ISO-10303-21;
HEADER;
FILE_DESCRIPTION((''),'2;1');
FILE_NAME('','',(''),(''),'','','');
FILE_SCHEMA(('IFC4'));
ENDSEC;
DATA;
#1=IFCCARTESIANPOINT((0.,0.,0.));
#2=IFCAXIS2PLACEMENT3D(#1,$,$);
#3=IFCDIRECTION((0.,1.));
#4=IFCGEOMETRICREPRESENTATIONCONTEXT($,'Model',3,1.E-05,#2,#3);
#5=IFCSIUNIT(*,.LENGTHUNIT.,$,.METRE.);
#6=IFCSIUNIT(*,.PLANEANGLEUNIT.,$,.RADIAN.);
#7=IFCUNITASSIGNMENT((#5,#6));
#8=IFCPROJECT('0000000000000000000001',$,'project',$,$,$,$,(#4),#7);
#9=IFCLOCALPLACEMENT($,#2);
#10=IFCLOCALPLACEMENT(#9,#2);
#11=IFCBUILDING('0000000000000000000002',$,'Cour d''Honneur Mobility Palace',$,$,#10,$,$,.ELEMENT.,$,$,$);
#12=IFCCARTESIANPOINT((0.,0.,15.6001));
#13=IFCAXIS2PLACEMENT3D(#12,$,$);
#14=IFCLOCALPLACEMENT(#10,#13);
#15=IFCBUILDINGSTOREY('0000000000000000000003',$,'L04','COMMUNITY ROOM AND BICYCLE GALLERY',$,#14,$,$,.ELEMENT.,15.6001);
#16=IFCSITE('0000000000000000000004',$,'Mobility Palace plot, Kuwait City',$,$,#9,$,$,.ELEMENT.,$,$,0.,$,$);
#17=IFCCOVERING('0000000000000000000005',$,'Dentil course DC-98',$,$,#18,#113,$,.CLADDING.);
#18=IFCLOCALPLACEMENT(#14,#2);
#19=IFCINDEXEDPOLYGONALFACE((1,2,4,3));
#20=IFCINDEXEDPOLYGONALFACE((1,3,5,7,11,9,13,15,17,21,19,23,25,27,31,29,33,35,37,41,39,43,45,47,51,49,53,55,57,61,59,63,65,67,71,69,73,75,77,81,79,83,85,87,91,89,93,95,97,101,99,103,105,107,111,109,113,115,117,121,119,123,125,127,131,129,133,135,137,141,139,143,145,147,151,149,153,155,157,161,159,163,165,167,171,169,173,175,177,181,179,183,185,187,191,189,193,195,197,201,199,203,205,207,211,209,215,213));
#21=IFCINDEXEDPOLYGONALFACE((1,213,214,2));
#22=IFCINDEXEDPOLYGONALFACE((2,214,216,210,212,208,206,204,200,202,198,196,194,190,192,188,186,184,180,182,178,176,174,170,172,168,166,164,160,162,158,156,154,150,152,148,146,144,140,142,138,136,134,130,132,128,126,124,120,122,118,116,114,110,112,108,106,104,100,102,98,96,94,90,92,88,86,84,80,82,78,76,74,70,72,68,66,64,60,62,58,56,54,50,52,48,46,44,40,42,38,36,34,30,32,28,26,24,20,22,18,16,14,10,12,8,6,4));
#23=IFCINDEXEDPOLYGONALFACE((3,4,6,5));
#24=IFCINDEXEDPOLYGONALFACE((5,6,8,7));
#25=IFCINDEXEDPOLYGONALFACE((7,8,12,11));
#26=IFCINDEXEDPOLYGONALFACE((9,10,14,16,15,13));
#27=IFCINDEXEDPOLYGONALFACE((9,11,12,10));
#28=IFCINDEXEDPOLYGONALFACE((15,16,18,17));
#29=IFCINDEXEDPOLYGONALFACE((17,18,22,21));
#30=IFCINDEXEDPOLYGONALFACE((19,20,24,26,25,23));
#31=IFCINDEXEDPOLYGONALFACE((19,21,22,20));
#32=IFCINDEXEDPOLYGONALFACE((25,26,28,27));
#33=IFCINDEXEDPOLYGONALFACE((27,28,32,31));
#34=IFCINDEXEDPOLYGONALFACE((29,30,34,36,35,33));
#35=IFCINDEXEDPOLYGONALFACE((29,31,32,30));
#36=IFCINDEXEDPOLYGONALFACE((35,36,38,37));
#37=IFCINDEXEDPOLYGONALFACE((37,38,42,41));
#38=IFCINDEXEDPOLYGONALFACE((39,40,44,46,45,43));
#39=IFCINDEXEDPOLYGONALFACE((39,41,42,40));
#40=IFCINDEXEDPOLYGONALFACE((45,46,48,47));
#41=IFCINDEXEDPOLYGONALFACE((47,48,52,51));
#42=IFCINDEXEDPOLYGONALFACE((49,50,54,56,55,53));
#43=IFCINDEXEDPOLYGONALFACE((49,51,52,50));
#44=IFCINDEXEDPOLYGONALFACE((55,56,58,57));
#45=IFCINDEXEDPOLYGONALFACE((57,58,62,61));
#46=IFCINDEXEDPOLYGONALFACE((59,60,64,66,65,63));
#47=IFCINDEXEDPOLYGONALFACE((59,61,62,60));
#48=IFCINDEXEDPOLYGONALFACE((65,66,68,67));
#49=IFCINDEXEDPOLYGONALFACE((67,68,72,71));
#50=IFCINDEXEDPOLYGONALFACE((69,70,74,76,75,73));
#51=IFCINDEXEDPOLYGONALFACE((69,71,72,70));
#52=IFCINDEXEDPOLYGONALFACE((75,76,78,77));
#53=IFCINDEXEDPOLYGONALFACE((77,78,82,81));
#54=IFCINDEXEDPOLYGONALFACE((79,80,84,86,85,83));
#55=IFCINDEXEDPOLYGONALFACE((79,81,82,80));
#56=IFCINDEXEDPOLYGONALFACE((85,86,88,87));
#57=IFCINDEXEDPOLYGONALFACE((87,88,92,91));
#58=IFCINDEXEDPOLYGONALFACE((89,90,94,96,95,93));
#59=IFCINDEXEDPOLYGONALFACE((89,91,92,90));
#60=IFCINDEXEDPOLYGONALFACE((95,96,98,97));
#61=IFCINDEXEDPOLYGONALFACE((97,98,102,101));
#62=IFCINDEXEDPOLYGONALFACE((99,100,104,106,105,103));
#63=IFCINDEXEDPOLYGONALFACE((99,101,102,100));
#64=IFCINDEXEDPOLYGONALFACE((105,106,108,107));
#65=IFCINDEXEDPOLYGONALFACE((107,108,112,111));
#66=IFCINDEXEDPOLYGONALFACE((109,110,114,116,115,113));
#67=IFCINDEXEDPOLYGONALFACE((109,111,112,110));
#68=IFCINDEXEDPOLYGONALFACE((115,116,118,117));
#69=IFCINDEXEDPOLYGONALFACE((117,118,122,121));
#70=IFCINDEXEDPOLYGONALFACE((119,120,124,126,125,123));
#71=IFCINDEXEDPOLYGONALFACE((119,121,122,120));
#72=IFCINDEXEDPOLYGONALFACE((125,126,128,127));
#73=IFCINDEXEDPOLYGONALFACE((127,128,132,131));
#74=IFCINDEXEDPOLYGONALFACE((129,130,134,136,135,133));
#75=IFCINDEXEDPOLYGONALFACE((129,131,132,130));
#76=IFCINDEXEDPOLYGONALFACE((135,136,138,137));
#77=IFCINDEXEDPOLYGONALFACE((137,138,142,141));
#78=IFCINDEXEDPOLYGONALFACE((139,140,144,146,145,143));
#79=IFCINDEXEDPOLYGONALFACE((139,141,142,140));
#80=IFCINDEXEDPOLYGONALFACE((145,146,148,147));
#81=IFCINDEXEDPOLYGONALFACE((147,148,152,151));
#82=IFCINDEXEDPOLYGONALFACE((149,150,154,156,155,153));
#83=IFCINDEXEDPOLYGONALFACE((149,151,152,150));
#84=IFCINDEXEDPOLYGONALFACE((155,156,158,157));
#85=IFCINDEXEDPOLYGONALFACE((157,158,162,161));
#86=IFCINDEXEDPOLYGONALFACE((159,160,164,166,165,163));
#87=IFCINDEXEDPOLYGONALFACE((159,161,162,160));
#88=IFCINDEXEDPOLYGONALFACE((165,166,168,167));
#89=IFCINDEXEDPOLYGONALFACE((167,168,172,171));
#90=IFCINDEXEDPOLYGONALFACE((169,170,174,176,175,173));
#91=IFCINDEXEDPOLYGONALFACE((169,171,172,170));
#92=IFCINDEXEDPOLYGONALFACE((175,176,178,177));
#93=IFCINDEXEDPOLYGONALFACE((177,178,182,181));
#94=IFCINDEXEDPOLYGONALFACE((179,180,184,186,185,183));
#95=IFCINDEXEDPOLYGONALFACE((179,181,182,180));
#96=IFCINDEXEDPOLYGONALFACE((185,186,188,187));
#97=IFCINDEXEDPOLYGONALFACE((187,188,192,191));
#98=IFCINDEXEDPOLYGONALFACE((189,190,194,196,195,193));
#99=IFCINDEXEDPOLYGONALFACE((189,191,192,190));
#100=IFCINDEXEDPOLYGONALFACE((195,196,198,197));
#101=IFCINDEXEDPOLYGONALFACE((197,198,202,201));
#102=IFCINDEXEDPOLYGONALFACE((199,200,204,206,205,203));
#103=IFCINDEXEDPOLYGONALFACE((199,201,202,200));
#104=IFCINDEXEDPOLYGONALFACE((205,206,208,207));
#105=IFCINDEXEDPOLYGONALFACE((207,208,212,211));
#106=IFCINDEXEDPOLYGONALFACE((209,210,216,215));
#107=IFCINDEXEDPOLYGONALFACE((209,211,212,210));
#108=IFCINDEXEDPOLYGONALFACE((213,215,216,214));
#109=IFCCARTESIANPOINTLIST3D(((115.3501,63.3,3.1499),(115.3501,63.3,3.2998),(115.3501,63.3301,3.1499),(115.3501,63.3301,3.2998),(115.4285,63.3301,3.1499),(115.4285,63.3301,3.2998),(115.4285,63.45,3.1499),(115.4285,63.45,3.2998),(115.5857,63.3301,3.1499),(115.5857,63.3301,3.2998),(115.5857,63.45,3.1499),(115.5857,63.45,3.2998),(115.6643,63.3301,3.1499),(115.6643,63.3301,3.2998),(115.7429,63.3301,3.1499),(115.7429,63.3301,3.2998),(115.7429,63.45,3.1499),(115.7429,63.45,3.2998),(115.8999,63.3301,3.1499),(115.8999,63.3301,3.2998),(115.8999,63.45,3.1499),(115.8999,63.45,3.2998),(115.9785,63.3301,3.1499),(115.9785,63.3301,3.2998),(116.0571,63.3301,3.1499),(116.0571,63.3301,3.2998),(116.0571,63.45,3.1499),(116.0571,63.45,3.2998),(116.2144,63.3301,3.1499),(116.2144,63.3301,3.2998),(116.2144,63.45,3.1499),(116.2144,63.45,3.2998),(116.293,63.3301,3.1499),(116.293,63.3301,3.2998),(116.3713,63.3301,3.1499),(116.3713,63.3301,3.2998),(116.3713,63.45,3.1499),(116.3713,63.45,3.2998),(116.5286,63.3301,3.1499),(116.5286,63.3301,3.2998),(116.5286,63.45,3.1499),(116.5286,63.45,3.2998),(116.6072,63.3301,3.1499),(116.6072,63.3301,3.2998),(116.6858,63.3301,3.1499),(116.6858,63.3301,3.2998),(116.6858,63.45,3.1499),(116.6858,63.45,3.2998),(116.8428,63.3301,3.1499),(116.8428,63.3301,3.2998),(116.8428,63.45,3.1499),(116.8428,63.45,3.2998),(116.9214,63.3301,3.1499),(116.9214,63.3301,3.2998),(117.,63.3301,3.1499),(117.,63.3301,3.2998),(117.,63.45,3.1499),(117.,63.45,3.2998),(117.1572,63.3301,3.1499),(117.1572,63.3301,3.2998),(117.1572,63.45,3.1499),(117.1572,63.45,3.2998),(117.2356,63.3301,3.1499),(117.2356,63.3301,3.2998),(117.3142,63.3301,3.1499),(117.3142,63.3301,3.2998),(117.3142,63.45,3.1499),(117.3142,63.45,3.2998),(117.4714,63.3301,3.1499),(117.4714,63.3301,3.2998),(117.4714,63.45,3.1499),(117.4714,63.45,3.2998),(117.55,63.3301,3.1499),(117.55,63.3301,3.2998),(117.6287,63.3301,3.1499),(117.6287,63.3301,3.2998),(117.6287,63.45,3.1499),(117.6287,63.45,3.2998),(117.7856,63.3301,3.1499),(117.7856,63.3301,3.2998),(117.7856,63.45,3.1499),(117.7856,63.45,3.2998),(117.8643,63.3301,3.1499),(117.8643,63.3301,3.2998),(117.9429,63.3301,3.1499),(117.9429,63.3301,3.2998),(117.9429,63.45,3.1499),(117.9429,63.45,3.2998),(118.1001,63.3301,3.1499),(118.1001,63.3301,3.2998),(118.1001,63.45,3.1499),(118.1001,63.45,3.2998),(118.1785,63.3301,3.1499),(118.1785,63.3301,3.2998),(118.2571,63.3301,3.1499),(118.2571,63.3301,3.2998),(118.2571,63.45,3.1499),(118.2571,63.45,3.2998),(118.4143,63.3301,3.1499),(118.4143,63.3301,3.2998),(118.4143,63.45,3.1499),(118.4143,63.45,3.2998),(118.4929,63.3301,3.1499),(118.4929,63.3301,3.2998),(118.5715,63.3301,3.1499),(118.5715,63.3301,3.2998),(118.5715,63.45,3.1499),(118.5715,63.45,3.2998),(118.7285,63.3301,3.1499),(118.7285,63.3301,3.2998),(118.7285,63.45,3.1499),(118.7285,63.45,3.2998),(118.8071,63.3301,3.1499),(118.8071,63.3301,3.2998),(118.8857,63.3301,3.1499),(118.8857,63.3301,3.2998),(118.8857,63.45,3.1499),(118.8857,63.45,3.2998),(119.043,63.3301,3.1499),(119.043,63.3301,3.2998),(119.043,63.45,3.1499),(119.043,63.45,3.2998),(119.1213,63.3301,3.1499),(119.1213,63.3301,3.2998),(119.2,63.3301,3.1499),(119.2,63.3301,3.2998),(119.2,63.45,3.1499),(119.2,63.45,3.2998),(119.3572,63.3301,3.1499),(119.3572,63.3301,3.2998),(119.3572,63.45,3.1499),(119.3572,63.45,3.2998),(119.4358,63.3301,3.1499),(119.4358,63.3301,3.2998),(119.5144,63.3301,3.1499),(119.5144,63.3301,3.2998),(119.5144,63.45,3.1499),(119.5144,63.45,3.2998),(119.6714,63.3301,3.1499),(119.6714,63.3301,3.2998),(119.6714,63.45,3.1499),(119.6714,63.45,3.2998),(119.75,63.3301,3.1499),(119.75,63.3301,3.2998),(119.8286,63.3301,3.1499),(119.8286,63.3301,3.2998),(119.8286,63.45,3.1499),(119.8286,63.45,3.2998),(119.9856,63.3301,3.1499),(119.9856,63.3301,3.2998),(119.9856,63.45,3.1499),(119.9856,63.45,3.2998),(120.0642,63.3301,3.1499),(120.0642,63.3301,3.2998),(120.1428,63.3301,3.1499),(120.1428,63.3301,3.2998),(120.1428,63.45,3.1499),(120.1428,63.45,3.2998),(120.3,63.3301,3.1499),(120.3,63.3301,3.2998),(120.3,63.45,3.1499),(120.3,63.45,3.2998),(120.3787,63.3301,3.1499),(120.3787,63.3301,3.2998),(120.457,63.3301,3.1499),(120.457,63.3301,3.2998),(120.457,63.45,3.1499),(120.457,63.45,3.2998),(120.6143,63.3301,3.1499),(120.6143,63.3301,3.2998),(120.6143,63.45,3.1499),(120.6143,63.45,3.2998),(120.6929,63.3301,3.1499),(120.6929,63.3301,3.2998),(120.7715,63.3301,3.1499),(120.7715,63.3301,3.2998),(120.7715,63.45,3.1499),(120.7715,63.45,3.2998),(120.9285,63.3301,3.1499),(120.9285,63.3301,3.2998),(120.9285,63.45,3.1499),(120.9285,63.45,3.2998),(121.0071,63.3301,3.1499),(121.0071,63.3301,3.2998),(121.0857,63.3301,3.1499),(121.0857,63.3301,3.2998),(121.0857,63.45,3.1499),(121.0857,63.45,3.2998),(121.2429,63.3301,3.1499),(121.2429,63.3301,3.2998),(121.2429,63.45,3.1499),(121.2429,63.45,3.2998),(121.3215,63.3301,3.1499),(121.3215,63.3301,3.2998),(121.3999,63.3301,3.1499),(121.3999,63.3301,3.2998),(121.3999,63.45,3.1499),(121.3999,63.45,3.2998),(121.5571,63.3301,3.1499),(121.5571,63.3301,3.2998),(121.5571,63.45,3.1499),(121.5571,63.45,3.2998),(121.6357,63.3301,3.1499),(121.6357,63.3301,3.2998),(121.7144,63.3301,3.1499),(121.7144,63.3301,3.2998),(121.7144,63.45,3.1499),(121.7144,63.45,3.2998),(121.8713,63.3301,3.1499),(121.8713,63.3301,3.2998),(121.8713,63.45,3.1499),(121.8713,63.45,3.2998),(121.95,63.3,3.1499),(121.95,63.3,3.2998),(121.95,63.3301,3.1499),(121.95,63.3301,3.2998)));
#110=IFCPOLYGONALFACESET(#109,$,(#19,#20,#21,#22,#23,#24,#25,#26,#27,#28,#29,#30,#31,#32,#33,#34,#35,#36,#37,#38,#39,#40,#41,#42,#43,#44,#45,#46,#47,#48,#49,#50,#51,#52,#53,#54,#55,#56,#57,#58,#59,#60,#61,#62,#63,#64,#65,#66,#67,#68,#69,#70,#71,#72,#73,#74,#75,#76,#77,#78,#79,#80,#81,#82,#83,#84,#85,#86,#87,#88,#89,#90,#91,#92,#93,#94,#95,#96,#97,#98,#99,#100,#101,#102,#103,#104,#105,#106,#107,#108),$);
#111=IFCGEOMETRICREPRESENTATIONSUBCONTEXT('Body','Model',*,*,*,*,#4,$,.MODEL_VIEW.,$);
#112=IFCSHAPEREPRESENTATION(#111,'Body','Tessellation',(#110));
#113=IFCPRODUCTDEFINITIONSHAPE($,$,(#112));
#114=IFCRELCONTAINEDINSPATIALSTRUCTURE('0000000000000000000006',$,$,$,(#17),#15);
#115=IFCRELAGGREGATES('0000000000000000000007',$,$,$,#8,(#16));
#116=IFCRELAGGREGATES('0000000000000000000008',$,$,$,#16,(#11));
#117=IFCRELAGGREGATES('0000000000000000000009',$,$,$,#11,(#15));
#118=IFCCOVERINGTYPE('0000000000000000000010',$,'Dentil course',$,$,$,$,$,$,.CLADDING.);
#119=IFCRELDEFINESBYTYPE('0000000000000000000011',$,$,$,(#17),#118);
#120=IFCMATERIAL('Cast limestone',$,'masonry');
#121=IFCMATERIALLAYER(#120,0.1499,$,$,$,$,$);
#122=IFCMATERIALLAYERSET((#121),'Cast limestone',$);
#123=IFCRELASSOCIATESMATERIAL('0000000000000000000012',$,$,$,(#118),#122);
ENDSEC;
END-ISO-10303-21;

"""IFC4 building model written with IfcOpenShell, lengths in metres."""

from ifc_helpers import new_model, si_unit, direction, frame, origin, place, context, subcontext, project, spatial, polyline, outline, extrude, material, layer, layer_set, type_object, element, save


model = new_model("IFC4")

# Units and contexts
model_context = context("Model", 3, precision=1e-05, world=origin(), true_north=direction((0.0, 1.0)))
body_context = subcontext(model_context, "Body", "Model", "MODEL_VIEW")
ifc_project = project(units=[si_unit("LENGTHUNIT", "METRE"), si_unit("PLANEANGLEUNIT", "RADIAN")], contexts=[model_context])

# Site, building, storey
site_placement = place(None, origin())
site = spatial("IfcSite", under=ifc_project, at=site_placement, Name="Mobility Palace plot, Kuwait City", CompositionType="ELEMENT", RefElevation=0.0)
building_placement = place(site_placement, origin())
building = spatial("IfcBuilding", under=site, at=building_placement, Name="Cour d'Honneur Mobility Palace", CompositionType="ELEMENT")
storey_placement = place(building_placement, frame((0.0, 0.0, 15.6001)))
storey = spatial("IfcBuildingStorey", under=building, at=storey_placement, Name="L04", Description="COMMUNITY ROOM AND BICYCLE GALLERY", CompositionType="ELEMENT", Elevation=15.6001)

# Covering
ifc_material = material(Name="Cast limestone", Category="masonry")
ifc_layer = layer(ifc_material, 0.1499)
ifc_layer_set = layer_set([ifc_layer], Name="Cast limestone")
covering_type = type_object("IfcCoveringType", Name="Dentil course", PredefinedType="CLADDING", material=ifc_layer_set)
covering_1_placement = place(storey_placement, frame((0.0, 0.0, 3.1499)))
element("IfcCovering", 1, at=covering_1_placement, inside=storey, type_object=covering_type, Name="Dentil course DC-98", PredefinedType="CLADDING", context=body_context, shape_type="SweptSolid", body=[
    extrude(outline(polyline([(121.95, 63.3), (115.3501, 63.3), (115.3501, 63.3301), (115.3501, 63.3301), (115.4285, 63.3301), (115.4285, 63.45), (115.5857, 63.45), (115.5857, 63.3301), (115.6643, 63.3301), (115.6643, 63.3301), (115.7429, 63.3301), (115.7429, 63.45), (115.8999, 63.45), (115.8999, 63.3301), (115.9785, 63.3301), (115.9785, 63.3301), (116.0571, 63.3301), (116.0571, 63.45), (116.2144, 63.45), (116.2144, 63.3301), (116.293, 63.3301), (116.293, 63.3301), (116.3713, 63.3301), (116.3713, 63.45), (116.5286, 63.45), (116.5286, 63.3301), (116.6072, 63.3301), (116.6072, 63.3301), (116.6858, 63.3301), (116.6858, 63.45), (116.8428, 63.45), (116.8428, 63.3301), (116.9214, 63.3301), (116.9214, 63.3301), (117.0, 63.3301), (117.0, 63.45), (117.1572, 63.45), (117.1572, 63.3301), (117.2356, 63.3301), (117.2356, 63.3301), (117.3142, 63.3301), (117.3142, 63.45), (117.4714, 63.45), (117.4714, 63.3301), (117.55, 63.3301), (117.55, 63.3301), (117.6287, 63.3301), (117.6287, 63.45), (117.7856, 63.45), (117.7856, 63.3301), (117.8643, 63.3301), (117.8643, 63.3301), (117.9429, 63.3301), (117.9429, 63.45), (118.1001, 63.45), (118.1001, 63.3301), (118.1785, 63.3301), (118.1785, 63.3301), (118.2571, 63.3301), (118.2571, 63.45), (118.4143, 63.45), (118.4143, 63.3301), (118.4929, 63.3301), (118.4929, 63.3301), (118.5715, 63.3301), (118.5715, 63.45), (118.7285, 63.45), (118.7285, 63.3301), (118.8071, 63.3301), (118.8071, 63.3301), (118.8857, 63.3301), (118.8857, 63.45), (119.043, 63.45), (119.043, 63.3301), (119.1213, 63.3301), (119.1213, 63.3301), (119.2, 63.3301), (119.2, 63.45), (119.3572, 63.45), (119.3572, 63.3301), (119.4358, 63.3301), (119.4358, 63.3301), (119.5144, 63.3301), (119.5144, 63.45), (119.6714, 63.45), (119.6714, 63.3301), (119.75, 63.3301), (119.75, 63.3301), (119.8286, 63.3301), (119.8286, 63.45), (119.9856, 63.45), (119.9856, 63.3301), (120.0642, 63.3301), (120.0642, 63.3301), (120.1428, 63.3301), (120.1428, 63.45), (120.3, 63.45), (120.3, 63.3301), (120.3787, 63.3301), (120.3787, 63.3301), (120.457, 63.3301), (120.457, 63.45), (120.6143, 63.45), (120.6143, 63.3301), (120.6929, 63.3301), (120.6929, 63.3301), (120.7715, 63.3301), (120.7715, 63.45), (120.9285, 63.45), (120.9285, 63.3301), (121.0071, 63.3301), (121.0071, 63.3301), (121.0857, 63.3301), (121.0857, 63.45), (121.2429, 63.45), (121.2429, 63.3301), (121.3215, 63.3301), (121.3215, 63.3301), (121.3999, 63.3301), (121.3999, 63.45), (121.5571, 63.45), (121.5571, 63.3301), (121.6357, 63.3301), (121.6357, 63.3301), (121.7144, 63.3301), (121.7144, 63.45), (121.8713, 63.45), (121.8713, 63.3301), (121.95, 63.3301), (121.95, 63.3)])), origin(), (0.0, 0.0, 1.0), 0.1499),
])

save(model, "model.ifc")
